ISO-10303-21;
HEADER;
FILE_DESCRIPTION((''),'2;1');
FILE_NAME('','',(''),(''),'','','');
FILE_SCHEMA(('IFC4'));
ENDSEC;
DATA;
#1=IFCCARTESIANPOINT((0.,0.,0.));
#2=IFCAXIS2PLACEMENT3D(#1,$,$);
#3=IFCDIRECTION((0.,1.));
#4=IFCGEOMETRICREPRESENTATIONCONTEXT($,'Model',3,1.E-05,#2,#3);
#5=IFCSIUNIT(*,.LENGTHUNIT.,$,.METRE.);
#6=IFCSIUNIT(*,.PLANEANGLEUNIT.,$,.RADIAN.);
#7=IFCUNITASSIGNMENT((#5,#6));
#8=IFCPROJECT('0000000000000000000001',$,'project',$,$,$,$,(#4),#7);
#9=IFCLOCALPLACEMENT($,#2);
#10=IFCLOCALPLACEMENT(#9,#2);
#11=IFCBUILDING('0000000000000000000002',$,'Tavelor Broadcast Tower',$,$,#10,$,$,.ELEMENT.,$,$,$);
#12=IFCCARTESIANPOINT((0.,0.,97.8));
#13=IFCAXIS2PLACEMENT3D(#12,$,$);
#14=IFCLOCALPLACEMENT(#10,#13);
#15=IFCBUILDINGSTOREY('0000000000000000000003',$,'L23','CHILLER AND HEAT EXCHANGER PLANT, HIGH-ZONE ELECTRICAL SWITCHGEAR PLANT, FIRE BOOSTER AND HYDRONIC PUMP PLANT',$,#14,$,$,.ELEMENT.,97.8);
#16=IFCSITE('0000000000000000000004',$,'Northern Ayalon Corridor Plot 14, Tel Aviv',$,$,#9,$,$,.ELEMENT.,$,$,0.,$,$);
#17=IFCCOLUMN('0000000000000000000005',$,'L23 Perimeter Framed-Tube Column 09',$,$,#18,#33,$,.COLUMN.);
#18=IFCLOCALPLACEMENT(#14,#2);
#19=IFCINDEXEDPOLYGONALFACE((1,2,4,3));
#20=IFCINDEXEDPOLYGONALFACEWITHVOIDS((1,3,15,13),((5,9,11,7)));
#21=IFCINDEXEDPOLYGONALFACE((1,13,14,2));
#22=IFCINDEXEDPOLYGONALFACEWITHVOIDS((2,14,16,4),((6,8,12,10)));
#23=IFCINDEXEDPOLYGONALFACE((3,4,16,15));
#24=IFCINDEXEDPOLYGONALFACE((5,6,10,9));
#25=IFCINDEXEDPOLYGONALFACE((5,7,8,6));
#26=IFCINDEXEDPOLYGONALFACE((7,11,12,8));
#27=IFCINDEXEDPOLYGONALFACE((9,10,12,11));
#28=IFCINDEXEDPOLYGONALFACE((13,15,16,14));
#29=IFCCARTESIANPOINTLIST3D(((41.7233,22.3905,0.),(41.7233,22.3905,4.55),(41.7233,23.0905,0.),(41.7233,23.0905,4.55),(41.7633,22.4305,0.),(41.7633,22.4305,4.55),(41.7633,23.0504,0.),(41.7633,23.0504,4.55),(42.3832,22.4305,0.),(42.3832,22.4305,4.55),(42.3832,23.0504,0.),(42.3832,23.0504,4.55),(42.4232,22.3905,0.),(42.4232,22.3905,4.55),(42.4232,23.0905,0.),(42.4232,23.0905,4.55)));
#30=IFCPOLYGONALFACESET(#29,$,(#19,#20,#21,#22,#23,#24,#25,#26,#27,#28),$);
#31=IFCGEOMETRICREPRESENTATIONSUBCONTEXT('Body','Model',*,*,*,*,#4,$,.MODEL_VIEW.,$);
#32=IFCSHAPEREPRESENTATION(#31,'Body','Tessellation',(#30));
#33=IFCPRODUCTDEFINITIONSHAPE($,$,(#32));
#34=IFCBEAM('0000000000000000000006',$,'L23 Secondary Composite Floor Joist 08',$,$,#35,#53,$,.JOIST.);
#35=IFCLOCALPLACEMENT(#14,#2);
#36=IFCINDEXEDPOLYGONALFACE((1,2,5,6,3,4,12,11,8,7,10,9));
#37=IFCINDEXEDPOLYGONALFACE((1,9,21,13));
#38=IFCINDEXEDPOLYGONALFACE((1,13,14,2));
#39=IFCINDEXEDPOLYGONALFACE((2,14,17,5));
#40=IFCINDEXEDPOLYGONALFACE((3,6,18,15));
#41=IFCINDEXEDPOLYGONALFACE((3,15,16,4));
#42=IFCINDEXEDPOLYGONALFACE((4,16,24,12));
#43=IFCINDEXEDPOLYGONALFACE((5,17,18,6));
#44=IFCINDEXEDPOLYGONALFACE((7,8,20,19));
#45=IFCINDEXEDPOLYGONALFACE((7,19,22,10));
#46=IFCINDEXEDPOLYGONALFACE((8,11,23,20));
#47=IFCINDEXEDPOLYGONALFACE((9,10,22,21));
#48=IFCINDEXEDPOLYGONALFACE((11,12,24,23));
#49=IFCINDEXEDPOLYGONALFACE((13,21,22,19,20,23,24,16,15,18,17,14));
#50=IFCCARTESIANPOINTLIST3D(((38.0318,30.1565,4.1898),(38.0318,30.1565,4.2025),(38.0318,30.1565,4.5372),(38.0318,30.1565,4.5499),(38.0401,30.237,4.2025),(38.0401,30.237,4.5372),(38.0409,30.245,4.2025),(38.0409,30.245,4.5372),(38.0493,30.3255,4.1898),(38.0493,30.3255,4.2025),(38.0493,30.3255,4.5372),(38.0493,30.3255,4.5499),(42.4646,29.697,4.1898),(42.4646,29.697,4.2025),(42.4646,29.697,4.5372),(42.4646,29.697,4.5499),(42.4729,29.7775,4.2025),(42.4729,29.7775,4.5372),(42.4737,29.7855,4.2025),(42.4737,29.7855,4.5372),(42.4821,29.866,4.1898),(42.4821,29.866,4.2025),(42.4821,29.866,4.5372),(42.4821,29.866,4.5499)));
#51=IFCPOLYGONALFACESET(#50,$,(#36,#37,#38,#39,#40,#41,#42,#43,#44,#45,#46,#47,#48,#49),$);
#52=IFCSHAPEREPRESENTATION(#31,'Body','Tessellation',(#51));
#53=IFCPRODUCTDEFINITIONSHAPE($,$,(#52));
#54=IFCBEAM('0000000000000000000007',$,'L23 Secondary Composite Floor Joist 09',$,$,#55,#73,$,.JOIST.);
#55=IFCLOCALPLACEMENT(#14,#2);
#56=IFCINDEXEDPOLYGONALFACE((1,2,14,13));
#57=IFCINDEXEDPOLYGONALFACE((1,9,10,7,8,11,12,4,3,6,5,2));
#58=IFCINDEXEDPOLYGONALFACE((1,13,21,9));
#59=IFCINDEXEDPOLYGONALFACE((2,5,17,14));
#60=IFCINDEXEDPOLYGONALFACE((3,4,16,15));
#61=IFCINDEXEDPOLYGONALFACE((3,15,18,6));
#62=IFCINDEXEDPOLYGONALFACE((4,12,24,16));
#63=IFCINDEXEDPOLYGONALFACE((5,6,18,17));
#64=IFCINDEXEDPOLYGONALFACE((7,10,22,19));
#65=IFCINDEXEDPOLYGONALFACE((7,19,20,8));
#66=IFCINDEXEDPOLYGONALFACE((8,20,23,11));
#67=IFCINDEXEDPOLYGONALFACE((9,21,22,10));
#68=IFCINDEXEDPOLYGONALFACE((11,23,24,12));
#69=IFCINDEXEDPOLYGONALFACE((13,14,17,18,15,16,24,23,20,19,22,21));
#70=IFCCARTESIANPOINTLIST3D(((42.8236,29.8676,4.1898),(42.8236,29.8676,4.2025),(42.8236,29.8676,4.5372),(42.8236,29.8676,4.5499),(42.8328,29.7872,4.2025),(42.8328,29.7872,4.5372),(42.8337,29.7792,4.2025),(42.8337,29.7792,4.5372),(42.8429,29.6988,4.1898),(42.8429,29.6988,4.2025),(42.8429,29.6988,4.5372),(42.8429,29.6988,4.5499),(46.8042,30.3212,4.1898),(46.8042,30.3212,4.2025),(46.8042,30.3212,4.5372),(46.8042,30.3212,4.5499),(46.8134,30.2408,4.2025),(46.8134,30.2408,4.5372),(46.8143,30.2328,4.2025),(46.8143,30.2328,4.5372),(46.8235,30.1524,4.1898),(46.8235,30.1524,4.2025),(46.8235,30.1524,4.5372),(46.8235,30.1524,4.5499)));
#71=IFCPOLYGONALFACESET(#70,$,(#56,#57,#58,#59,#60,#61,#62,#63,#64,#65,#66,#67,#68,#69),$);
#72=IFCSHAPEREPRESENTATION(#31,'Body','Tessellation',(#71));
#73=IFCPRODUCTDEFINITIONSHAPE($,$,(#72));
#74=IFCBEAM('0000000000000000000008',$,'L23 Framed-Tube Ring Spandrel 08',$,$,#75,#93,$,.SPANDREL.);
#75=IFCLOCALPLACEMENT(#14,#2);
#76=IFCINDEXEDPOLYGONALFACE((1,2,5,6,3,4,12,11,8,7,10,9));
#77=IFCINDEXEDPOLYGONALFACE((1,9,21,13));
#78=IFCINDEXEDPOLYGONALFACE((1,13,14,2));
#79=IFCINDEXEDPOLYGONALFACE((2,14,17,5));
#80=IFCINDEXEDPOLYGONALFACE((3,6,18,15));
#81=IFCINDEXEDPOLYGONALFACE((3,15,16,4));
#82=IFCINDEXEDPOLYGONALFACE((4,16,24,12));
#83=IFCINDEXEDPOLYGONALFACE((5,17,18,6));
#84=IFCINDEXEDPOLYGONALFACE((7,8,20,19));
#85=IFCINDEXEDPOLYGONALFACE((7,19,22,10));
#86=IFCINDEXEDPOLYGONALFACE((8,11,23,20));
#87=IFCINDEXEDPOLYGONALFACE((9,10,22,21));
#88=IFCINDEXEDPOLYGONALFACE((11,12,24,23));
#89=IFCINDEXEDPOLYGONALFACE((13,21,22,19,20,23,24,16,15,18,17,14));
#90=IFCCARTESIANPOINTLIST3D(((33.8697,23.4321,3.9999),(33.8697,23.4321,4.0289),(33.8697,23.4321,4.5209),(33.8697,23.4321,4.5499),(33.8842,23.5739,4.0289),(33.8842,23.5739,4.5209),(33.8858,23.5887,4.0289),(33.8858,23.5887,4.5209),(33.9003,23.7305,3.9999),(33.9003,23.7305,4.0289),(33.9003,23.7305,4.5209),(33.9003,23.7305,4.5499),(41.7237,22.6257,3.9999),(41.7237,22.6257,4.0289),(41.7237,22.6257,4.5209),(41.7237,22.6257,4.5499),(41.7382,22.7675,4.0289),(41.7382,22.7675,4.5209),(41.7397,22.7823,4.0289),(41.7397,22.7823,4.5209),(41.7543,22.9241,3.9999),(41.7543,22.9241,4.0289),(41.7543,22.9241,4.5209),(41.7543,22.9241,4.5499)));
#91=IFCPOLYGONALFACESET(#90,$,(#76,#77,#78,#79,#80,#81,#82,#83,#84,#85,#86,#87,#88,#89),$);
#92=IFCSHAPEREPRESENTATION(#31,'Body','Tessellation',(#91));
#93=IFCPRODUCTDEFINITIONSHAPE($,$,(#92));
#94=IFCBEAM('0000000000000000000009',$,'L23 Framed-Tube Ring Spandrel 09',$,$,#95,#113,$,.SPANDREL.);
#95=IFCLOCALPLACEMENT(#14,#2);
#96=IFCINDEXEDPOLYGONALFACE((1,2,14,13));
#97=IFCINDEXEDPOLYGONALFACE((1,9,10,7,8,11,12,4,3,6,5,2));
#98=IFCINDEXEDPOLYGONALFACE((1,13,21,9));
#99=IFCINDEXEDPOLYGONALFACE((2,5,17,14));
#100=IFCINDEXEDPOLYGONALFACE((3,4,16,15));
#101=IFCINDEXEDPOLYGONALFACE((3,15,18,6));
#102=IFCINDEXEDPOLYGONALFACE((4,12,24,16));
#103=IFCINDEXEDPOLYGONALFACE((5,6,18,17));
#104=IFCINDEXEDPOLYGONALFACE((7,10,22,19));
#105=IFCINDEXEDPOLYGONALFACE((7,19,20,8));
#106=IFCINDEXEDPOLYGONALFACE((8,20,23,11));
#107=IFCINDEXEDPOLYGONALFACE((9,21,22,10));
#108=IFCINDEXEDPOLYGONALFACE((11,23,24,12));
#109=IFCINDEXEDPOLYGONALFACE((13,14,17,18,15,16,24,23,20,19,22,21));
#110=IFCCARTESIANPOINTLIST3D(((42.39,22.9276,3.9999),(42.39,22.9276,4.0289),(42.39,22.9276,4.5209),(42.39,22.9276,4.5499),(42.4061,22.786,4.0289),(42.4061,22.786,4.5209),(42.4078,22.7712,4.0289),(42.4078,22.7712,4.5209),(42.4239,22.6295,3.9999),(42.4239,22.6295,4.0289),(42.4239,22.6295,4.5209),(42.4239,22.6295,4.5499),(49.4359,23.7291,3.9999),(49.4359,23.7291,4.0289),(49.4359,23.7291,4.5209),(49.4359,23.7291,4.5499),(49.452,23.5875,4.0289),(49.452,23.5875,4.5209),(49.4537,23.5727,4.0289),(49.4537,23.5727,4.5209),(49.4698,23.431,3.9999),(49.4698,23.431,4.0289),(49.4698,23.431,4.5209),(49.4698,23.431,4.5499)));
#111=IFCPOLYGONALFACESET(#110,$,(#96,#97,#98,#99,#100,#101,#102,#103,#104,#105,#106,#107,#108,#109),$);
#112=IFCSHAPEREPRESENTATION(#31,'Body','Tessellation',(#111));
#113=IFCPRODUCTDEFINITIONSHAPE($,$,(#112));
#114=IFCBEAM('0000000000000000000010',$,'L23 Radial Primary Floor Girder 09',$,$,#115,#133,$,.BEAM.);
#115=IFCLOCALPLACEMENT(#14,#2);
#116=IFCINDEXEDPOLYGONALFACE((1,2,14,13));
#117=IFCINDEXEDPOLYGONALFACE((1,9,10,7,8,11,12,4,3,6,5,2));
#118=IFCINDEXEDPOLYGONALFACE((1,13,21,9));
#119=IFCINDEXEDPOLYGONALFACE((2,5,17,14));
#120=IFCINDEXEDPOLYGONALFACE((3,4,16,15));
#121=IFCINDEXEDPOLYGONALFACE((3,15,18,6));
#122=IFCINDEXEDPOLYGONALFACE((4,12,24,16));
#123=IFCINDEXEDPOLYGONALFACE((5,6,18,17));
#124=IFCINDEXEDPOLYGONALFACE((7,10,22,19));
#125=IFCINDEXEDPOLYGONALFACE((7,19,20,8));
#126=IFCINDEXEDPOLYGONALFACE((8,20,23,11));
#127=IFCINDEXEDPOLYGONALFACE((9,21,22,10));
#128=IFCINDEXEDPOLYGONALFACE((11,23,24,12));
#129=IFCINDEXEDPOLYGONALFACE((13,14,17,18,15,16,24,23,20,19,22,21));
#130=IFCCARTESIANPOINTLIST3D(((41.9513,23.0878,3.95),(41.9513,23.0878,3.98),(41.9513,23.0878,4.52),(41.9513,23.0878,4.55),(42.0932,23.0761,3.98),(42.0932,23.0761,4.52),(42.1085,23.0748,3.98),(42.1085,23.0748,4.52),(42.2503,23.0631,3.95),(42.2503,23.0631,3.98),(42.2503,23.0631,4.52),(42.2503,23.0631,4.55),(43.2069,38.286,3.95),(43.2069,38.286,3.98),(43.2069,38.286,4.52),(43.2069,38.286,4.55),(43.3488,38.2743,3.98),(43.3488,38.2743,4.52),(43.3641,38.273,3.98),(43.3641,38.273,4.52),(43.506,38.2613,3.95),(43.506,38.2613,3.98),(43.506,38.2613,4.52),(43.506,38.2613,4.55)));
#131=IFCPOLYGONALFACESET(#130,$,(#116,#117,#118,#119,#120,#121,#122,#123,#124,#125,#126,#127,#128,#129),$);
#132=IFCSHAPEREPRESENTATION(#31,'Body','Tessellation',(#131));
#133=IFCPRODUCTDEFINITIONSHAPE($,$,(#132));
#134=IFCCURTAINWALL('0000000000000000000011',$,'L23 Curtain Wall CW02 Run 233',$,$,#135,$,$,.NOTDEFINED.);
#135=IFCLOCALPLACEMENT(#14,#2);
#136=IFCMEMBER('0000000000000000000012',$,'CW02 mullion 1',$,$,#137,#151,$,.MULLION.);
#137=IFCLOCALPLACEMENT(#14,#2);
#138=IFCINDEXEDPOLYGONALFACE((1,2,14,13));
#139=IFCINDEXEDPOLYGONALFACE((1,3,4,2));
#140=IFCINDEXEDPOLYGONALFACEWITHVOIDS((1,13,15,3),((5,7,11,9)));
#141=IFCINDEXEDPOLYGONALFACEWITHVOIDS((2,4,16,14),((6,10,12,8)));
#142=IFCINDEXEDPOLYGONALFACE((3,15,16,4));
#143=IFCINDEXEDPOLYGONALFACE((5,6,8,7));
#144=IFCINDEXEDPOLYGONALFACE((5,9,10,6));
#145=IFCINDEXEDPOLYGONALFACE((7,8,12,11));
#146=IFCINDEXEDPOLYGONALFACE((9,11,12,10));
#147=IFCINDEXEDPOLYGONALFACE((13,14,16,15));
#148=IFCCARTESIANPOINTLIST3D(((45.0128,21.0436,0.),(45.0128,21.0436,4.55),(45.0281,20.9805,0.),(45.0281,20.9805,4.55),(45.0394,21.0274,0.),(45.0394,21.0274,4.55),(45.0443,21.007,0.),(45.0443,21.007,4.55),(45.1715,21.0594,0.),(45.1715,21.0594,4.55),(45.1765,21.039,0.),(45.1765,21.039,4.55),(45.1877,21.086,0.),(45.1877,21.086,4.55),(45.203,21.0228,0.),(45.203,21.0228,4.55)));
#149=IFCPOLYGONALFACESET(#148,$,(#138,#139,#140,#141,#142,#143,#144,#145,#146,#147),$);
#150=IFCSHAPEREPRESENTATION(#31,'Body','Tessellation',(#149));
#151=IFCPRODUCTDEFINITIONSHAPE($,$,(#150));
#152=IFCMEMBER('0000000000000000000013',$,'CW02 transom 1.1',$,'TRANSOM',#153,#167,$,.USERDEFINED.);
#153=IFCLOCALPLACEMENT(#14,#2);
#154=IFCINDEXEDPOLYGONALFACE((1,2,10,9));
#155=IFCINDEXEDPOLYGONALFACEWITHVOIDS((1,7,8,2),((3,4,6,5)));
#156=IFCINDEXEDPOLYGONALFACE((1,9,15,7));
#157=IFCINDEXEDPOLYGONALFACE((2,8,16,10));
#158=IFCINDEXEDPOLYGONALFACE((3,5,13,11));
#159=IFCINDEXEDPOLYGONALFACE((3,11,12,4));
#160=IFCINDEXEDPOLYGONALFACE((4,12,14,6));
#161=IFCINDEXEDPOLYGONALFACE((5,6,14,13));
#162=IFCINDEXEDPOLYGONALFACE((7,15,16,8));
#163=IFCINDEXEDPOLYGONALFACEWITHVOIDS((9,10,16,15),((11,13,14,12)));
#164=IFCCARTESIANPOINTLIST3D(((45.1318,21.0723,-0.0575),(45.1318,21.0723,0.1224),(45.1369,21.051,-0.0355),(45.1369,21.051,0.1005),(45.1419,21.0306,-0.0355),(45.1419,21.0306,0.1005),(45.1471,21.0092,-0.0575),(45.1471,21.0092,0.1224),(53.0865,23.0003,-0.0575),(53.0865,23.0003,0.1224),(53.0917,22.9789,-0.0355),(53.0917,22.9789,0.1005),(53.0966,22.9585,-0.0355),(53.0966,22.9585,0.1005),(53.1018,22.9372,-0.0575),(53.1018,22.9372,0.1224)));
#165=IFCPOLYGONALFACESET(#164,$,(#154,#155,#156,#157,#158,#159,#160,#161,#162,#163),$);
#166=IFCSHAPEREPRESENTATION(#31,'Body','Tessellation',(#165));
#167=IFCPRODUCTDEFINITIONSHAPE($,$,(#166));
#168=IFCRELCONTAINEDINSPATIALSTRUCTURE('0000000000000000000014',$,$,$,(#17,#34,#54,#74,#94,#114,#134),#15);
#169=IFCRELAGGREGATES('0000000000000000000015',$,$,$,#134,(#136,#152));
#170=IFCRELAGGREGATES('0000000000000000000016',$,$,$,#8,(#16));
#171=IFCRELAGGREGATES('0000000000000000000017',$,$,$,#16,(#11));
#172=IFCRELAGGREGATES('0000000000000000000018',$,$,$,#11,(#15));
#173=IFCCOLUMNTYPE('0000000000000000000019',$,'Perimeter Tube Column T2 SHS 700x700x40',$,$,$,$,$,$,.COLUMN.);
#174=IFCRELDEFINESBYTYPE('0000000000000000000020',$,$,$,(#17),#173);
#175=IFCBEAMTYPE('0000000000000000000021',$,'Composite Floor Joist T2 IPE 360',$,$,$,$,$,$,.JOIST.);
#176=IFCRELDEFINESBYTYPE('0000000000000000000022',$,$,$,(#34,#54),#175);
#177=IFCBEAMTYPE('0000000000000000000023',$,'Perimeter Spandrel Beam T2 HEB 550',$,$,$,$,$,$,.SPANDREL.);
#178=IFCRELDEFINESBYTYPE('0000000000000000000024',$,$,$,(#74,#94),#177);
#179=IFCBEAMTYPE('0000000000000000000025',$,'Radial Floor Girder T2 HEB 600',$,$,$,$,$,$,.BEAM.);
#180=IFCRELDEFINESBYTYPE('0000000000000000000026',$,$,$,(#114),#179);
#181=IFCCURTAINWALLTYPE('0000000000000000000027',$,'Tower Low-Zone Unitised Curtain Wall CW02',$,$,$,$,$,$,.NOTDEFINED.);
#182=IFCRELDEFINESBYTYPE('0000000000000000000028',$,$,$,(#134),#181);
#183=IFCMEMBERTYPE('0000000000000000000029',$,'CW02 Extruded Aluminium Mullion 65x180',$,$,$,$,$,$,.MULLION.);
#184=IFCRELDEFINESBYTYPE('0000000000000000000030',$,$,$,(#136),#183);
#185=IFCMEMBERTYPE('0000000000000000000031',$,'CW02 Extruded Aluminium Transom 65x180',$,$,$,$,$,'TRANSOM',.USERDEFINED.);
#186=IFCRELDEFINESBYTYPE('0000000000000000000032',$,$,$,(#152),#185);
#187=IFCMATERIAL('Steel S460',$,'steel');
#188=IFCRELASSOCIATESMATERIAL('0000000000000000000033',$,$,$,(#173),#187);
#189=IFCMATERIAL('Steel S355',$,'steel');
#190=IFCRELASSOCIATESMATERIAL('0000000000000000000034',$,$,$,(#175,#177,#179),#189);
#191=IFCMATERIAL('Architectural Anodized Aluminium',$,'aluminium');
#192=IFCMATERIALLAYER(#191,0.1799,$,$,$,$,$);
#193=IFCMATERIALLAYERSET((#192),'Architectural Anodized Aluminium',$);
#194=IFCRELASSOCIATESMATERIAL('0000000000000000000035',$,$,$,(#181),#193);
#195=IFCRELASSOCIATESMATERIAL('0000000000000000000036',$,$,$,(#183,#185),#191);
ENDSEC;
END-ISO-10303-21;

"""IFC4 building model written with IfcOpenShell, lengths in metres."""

from ifc_helpers import new_model, si_unit, direction, frame, origin, origin_2d, place, context, subcontext, project, spatial, hollow_rectangle, i_section, extrude, source, transform, mapped, material, layer, layer_set, material_profile, profile_set, type_object, type_shapes, element, aggregate, save


model = new_model("IFC4")

# Units and contexts
model_context = context("Model", 3, precision=1e-05, world=origin(), true_north=direction((0.0, 1.0)))
body_context = subcontext(model_context, "Body", "Model", "MODEL_VIEW")
ifc_project = project(units=[si_unit("LENGTHUNIT", "METRE"), si_unit("PLANEANGLEUNIT", "RADIAN")], contexts=[model_context])

# Site, building, storey
site_placement = place(None, origin())
site = spatial("IfcSite", under=ifc_project, at=site_placement, Name="Northern Ayalon Corridor Plot 14, Tel Aviv", CompositionType="ELEMENT", RefElevation=0.0)
building_placement = place(site_placement, origin())
building = spatial("IfcBuilding", under=site, at=building_placement, Name="Tavelor Broadcast Tower", CompositionType="ELEMENT")
storey_placement = place(building_placement, frame((0.0, 0.0, 97.8)))
storey = spatial("IfcBuildingStorey", under=building, at=storey_placement, Name="L23", Description="CHILLER AND HEAT EXCHANGER PLANT, HIGH-ZONE ELECTRICAL SWITCHGEAR PLANT, FIRE BOOSTER AND HYDRONIC PUMP PLANT", CompositionType="ELEMENT", Elevation=97.8)

# Column
ifc_material_1 = material(Name="Steel S460", Category="steel")
ifc_material_profile_1 = material_profile(ifc_material_1, hollow_rectangle(XDim=0.7, YDim=0.7, WallThickness=0.04, at=origin_2d()), Name="SHS 700x700x40")
ifc_profile_set_1 = profile_set([ifc_material_profile_1], Name="Steel S460")
column_type = type_object("IfcColumnType", Name="Perimeter Tube Column T2 SHS 700x700x40", PredefinedType="COLUMN", material=ifc_profile_set_1)
column_placement = place(storey_placement, frame((42.0732, 22.7405, 0.0), z_axis=(0.0, 0.0, 1.0), x_axis=(1.0, 0.0, 0.0)))
element("IfcColumn", 1, at=column_placement, inside=storey, type_object=column_type, Name="L23 Perimeter Framed-Tube Column 09", PredefinedType="COLUMN", context=body_context, shape_type="SweptSolid", body=[
    extrude(hollow_rectangle(XDim=0.7, YDim=0.7, WallThickness=0.04, at=origin_2d()), origin(), (0.0, 0.0, 1.0), 4.55),
])

# Beams
ifc_material_2 = material(Name="Steel S355", Category="steel")
ifc_material_profile_2 = material_profile(ifc_material_2, i_section(OverallWidth=0.1699, OverallDepth=0.3601, WebThickness=0.0081, FlangeThickness=0.0127, at=origin_2d()), Name="IPE 360")
ifc_profile_set_2 = profile_set([ifc_material_profile_2], Name="Steel S355")
beam_type_1 = type_object("IfcBeamType", Name="Composite Floor Joist T2 IPE 360", PredefinedType="JOIST", material=ifc_profile_set_2)
beam_1_placement = place(storey_placement, frame((38.0405, 30.241, 4.3699), z_axis=(0.994671, -0.103099, 0.0), x_axis=(0.103099, 0.994671, 0.0)))
element("IfcBeam", 2, at=beam_1_placement, inside=storey, type_object=beam_type_1, Name="L23 Secondary Composite Floor Joist 08", PredefinedType="JOIST", context=body_context, shape_type="SweptSolid", body=[
    extrude(i_section(OverallWidth=0.1699, OverallDepth=0.3601, WebThickness=0.0081, FlangeThickness=0.0127, at=origin_2d()), origin(), (0.0, 0.0, 1.0), 4.4565),
])
beam_2_placement = place(storey_placement, frame((42.8333, 29.7832, 4.3699), z_axis=(0.993569, 0.113227, 0.0), x_axis=(-0.113227, 0.993569, 0.0)))
element("IfcBeam", 3, at=beam_2_placement, inside=storey, type_object=beam_type_1, Name="L23 Secondary Composite Floor Joist 09", PredefinedType="JOIST", context=body_context, shape_type="SweptSolid", body=[
    extrude(i_section(OverallWidth=0.1699, OverallDepth=0.3601, WebThickness=0.0081, FlangeThickness=0.0127, at=origin_2d()), origin(), (0.0, 0.0, 1.0), 4.0063),
])
ifc_material_profile_3 = material_profile(ifc_material_2, i_section(OverallWidth=0.3, OverallDepth=0.55, WebThickness=0.0149, FlangeThickness=0.0291, at=origin_2d()), Name="HEB 550")
ifc_profile_set_3 = profile_set([ifc_material_profile_3], Name="Steel S355")
beam_type_2 = type_object("IfcBeamType", Name="Perimeter Spandrel Beam T2 HEB 550", PredefinedType="SPANDREL", material=ifc_profile_set_3)
beam_3_placement = place(storey_placement, frame((33.885, 23.5813, 4.2749), z_axis=(0.99477, -0.102136, 0.0), x_axis=(0.102136, 0.99477, 0.0)))
element("IfcBeam", 4, at=beam_3_placement, inside=storey, type_object=beam_type_2, Name="L23 Framed-Tube Ring Spandrel 08", PredefinedType="SPANDREL", context=body_context, shape_type="SweptSolid", body=[
    extrude(i_section(OverallWidth=0.3, OverallDepth=0.55, WebThickness=0.0149, FlangeThickness=0.0291, at=origin_2d()), origin(), (0.0, 0.0, 1.0), 7.8953),
])
beam_4_placement = place(storey_placement, frame((42.407, 22.7786, 4.2749), z_axis=(0.993592, 0.113027, 0.0), x_axis=(-0.113027, 0.993592, 0.0)))
element("IfcBeam", 5, at=beam_4_placement, inside=storey, type_object=beam_type_2, Name="L23 Framed-Tube Ring Spandrel 09", PredefinedType="SPANDREL", context=body_context, shape_type="SweptSolid", body=[
    extrude(i_section(OverallWidth=0.3, OverallDepth=0.55, WebThickness=0.0149, FlangeThickness=0.0291, at=origin_2d()), origin(), (0.0, 0.0, 1.0), 7.0913),
])
ifc_material_profile_4 = material_profile(ifc_material_2, i_section(OverallWidth=0.3, OverallDepth=0.6001, WebThickness=0.0154, FlangeThickness=0.03, at=origin_2d()), Name="HEB 600")
ifc_profile_set_4 = profile_set([ifc_material_profile_4], Name="Steel S355")
beam_type_3 = type_object("IfcBeamType", Name="Radial Floor Girder T2 HEB 600", PredefinedType="BEAM", material=ifc_profile_set_4)
beam_5_placement = place(storey_placement, frame((43.3564, 38.2737, 4.25), z_axis=(-0.082335, -0.996605, 0.0), x_axis=(0.996605, -0.082335, 0.0)))
element("IfcBeam", 6, at=beam_5_placement, inside=storey, type_object=beam_type_3, Name="L23 Radial Primary Floor Girder 09", PredefinedType="BEAM", context=body_context, shape_type="SweptSolid", body=[
    extrude(i_section(OverallWidth=0.3, OverallDepth=0.6001, WebThickness=0.0154, FlangeThickness=0.03, at=origin_2d()), origin(), (0.0, 0.0, 1.0), 15.25),
])

# Curtain wall, members
ifc_material_3 = material(Name="Architectural Anodized Aluminium", Category="aluminium")
ifc_layer_1 = layer(ifc_material_3, 0.1799)
ifc_layer_set_1 = layer_set([ifc_layer_1], Name="Architectural Anodized Aluminium")
curtain_wall_type = type_object("IfcCurtainWallType", Name="Tower Low-Zone Unitised Curtain Wall CW02", PredefinedType="NOTDEFINED", material=ifc_layer_set_1)
curtain_wall_placement = place(storey_placement, origin())
curtain_wall = element("IfcCurtainWall", 7, at=curtain_wall_placement, inside=storey, type_object=curtain_wall_type, Name="L23 Curtain Wall CW02 Run 233", PredefinedType="NOTDEFINED")
ifc_material_profile_5 = material_profile(ifc_material_3, hollow_rectangle(XDim=0.0649, YDim=0.1799, WallThickness=0.022, at=origin_2d()), Name="RHS 65x180x22")
ifc_profile_set_5 = profile_set([ifc_material_profile_5], Name="Architectural Anodized Aluminium")
member_type_1 = type_object("IfcMemberType", Name="CW02 Extruded Aluminium Mullion 65x180", PredefinedType="MULLION", material=ifc_profile_set_5)
shared_shape_1 = source(origin(), body_context, "Body", "SweptSolid", [
    extrude(hollow_rectangle(XDim=0.0649, YDim=0.1799, WallThickness=0.022, at=origin_2d()), origin(), (0.0, 0.0, 1.0), 4.55),
])
type_shapes(member_type_1, [shared_shape_1])
member_1_placement = place(storey_placement, frame((45.1079, 21.0332, 0.0), z_axis=(0.0, 0.0, 1.0), x_axis=(-0.235551, 0.971862, 0.0)))
member_1 = element("IfcMember", 8, at=member_1_placement, type_object=member_type_1, Name="CW02 mullion 1", PredefinedType="MULLION", context=body_context, shape_type="MappedRepresentation", body=[
    mapped(shared_shape_1, transform((0.0, 0.0, 0.0), scale=1.0)),
])
ifc_material_profile_6 = material_profile(ifc_material_3, hollow_rectangle(XDim=0.0649, YDim=0.1799, WallThickness=0.022, at=origin_2d()), Name="RHS 65x180x22")
ifc_profile_set_6 = profile_set([ifc_material_profile_6], Name="Architectural Anodized Aluminium")
member_type_2 = type_object("IfcMemberType", Name="CW02 Extruded Aluminium Transom 65x180", ElementType="TRANSOM", PredefinedType="USERDEFINED", material=ifc_profile_set_6)
shared_shape_2 = source(origin(), body_context, "Body", "SweptSolid", [
    extrude(hollow_rectangle(XDim=0.0649, YDim=0.1799, WallThickness=0.022, at=origin_2d()), origin(), (0.0, 0.0, 1.0), 8.1851),
])
type_shapes(member_type_2, [shared_shape_2])
member_2_placement = place(storey_placement, frame((45.1394, 21.0408, 0.0325), z_axis=(0.971863, 0.235546, 0.0), x_axis=(-0.235546, 0.971863, 0.0)))
member_2 = element("IfcMember", 9, at=member_2_placement, type_object=member_type_2, Name="CW02 transom 1.1", ObjectType="TRANSOM", PredefinedType="USERDEFINED", context=body_context, shape_type="MappedRepresentation", body=[
    mapped(shared_shape_2, transform((0.0, 0.0, 0.0), scale=1.0)),
])
aggregate(curtain_wall, [member_1, member_2])

save(model, "model.ifc")
